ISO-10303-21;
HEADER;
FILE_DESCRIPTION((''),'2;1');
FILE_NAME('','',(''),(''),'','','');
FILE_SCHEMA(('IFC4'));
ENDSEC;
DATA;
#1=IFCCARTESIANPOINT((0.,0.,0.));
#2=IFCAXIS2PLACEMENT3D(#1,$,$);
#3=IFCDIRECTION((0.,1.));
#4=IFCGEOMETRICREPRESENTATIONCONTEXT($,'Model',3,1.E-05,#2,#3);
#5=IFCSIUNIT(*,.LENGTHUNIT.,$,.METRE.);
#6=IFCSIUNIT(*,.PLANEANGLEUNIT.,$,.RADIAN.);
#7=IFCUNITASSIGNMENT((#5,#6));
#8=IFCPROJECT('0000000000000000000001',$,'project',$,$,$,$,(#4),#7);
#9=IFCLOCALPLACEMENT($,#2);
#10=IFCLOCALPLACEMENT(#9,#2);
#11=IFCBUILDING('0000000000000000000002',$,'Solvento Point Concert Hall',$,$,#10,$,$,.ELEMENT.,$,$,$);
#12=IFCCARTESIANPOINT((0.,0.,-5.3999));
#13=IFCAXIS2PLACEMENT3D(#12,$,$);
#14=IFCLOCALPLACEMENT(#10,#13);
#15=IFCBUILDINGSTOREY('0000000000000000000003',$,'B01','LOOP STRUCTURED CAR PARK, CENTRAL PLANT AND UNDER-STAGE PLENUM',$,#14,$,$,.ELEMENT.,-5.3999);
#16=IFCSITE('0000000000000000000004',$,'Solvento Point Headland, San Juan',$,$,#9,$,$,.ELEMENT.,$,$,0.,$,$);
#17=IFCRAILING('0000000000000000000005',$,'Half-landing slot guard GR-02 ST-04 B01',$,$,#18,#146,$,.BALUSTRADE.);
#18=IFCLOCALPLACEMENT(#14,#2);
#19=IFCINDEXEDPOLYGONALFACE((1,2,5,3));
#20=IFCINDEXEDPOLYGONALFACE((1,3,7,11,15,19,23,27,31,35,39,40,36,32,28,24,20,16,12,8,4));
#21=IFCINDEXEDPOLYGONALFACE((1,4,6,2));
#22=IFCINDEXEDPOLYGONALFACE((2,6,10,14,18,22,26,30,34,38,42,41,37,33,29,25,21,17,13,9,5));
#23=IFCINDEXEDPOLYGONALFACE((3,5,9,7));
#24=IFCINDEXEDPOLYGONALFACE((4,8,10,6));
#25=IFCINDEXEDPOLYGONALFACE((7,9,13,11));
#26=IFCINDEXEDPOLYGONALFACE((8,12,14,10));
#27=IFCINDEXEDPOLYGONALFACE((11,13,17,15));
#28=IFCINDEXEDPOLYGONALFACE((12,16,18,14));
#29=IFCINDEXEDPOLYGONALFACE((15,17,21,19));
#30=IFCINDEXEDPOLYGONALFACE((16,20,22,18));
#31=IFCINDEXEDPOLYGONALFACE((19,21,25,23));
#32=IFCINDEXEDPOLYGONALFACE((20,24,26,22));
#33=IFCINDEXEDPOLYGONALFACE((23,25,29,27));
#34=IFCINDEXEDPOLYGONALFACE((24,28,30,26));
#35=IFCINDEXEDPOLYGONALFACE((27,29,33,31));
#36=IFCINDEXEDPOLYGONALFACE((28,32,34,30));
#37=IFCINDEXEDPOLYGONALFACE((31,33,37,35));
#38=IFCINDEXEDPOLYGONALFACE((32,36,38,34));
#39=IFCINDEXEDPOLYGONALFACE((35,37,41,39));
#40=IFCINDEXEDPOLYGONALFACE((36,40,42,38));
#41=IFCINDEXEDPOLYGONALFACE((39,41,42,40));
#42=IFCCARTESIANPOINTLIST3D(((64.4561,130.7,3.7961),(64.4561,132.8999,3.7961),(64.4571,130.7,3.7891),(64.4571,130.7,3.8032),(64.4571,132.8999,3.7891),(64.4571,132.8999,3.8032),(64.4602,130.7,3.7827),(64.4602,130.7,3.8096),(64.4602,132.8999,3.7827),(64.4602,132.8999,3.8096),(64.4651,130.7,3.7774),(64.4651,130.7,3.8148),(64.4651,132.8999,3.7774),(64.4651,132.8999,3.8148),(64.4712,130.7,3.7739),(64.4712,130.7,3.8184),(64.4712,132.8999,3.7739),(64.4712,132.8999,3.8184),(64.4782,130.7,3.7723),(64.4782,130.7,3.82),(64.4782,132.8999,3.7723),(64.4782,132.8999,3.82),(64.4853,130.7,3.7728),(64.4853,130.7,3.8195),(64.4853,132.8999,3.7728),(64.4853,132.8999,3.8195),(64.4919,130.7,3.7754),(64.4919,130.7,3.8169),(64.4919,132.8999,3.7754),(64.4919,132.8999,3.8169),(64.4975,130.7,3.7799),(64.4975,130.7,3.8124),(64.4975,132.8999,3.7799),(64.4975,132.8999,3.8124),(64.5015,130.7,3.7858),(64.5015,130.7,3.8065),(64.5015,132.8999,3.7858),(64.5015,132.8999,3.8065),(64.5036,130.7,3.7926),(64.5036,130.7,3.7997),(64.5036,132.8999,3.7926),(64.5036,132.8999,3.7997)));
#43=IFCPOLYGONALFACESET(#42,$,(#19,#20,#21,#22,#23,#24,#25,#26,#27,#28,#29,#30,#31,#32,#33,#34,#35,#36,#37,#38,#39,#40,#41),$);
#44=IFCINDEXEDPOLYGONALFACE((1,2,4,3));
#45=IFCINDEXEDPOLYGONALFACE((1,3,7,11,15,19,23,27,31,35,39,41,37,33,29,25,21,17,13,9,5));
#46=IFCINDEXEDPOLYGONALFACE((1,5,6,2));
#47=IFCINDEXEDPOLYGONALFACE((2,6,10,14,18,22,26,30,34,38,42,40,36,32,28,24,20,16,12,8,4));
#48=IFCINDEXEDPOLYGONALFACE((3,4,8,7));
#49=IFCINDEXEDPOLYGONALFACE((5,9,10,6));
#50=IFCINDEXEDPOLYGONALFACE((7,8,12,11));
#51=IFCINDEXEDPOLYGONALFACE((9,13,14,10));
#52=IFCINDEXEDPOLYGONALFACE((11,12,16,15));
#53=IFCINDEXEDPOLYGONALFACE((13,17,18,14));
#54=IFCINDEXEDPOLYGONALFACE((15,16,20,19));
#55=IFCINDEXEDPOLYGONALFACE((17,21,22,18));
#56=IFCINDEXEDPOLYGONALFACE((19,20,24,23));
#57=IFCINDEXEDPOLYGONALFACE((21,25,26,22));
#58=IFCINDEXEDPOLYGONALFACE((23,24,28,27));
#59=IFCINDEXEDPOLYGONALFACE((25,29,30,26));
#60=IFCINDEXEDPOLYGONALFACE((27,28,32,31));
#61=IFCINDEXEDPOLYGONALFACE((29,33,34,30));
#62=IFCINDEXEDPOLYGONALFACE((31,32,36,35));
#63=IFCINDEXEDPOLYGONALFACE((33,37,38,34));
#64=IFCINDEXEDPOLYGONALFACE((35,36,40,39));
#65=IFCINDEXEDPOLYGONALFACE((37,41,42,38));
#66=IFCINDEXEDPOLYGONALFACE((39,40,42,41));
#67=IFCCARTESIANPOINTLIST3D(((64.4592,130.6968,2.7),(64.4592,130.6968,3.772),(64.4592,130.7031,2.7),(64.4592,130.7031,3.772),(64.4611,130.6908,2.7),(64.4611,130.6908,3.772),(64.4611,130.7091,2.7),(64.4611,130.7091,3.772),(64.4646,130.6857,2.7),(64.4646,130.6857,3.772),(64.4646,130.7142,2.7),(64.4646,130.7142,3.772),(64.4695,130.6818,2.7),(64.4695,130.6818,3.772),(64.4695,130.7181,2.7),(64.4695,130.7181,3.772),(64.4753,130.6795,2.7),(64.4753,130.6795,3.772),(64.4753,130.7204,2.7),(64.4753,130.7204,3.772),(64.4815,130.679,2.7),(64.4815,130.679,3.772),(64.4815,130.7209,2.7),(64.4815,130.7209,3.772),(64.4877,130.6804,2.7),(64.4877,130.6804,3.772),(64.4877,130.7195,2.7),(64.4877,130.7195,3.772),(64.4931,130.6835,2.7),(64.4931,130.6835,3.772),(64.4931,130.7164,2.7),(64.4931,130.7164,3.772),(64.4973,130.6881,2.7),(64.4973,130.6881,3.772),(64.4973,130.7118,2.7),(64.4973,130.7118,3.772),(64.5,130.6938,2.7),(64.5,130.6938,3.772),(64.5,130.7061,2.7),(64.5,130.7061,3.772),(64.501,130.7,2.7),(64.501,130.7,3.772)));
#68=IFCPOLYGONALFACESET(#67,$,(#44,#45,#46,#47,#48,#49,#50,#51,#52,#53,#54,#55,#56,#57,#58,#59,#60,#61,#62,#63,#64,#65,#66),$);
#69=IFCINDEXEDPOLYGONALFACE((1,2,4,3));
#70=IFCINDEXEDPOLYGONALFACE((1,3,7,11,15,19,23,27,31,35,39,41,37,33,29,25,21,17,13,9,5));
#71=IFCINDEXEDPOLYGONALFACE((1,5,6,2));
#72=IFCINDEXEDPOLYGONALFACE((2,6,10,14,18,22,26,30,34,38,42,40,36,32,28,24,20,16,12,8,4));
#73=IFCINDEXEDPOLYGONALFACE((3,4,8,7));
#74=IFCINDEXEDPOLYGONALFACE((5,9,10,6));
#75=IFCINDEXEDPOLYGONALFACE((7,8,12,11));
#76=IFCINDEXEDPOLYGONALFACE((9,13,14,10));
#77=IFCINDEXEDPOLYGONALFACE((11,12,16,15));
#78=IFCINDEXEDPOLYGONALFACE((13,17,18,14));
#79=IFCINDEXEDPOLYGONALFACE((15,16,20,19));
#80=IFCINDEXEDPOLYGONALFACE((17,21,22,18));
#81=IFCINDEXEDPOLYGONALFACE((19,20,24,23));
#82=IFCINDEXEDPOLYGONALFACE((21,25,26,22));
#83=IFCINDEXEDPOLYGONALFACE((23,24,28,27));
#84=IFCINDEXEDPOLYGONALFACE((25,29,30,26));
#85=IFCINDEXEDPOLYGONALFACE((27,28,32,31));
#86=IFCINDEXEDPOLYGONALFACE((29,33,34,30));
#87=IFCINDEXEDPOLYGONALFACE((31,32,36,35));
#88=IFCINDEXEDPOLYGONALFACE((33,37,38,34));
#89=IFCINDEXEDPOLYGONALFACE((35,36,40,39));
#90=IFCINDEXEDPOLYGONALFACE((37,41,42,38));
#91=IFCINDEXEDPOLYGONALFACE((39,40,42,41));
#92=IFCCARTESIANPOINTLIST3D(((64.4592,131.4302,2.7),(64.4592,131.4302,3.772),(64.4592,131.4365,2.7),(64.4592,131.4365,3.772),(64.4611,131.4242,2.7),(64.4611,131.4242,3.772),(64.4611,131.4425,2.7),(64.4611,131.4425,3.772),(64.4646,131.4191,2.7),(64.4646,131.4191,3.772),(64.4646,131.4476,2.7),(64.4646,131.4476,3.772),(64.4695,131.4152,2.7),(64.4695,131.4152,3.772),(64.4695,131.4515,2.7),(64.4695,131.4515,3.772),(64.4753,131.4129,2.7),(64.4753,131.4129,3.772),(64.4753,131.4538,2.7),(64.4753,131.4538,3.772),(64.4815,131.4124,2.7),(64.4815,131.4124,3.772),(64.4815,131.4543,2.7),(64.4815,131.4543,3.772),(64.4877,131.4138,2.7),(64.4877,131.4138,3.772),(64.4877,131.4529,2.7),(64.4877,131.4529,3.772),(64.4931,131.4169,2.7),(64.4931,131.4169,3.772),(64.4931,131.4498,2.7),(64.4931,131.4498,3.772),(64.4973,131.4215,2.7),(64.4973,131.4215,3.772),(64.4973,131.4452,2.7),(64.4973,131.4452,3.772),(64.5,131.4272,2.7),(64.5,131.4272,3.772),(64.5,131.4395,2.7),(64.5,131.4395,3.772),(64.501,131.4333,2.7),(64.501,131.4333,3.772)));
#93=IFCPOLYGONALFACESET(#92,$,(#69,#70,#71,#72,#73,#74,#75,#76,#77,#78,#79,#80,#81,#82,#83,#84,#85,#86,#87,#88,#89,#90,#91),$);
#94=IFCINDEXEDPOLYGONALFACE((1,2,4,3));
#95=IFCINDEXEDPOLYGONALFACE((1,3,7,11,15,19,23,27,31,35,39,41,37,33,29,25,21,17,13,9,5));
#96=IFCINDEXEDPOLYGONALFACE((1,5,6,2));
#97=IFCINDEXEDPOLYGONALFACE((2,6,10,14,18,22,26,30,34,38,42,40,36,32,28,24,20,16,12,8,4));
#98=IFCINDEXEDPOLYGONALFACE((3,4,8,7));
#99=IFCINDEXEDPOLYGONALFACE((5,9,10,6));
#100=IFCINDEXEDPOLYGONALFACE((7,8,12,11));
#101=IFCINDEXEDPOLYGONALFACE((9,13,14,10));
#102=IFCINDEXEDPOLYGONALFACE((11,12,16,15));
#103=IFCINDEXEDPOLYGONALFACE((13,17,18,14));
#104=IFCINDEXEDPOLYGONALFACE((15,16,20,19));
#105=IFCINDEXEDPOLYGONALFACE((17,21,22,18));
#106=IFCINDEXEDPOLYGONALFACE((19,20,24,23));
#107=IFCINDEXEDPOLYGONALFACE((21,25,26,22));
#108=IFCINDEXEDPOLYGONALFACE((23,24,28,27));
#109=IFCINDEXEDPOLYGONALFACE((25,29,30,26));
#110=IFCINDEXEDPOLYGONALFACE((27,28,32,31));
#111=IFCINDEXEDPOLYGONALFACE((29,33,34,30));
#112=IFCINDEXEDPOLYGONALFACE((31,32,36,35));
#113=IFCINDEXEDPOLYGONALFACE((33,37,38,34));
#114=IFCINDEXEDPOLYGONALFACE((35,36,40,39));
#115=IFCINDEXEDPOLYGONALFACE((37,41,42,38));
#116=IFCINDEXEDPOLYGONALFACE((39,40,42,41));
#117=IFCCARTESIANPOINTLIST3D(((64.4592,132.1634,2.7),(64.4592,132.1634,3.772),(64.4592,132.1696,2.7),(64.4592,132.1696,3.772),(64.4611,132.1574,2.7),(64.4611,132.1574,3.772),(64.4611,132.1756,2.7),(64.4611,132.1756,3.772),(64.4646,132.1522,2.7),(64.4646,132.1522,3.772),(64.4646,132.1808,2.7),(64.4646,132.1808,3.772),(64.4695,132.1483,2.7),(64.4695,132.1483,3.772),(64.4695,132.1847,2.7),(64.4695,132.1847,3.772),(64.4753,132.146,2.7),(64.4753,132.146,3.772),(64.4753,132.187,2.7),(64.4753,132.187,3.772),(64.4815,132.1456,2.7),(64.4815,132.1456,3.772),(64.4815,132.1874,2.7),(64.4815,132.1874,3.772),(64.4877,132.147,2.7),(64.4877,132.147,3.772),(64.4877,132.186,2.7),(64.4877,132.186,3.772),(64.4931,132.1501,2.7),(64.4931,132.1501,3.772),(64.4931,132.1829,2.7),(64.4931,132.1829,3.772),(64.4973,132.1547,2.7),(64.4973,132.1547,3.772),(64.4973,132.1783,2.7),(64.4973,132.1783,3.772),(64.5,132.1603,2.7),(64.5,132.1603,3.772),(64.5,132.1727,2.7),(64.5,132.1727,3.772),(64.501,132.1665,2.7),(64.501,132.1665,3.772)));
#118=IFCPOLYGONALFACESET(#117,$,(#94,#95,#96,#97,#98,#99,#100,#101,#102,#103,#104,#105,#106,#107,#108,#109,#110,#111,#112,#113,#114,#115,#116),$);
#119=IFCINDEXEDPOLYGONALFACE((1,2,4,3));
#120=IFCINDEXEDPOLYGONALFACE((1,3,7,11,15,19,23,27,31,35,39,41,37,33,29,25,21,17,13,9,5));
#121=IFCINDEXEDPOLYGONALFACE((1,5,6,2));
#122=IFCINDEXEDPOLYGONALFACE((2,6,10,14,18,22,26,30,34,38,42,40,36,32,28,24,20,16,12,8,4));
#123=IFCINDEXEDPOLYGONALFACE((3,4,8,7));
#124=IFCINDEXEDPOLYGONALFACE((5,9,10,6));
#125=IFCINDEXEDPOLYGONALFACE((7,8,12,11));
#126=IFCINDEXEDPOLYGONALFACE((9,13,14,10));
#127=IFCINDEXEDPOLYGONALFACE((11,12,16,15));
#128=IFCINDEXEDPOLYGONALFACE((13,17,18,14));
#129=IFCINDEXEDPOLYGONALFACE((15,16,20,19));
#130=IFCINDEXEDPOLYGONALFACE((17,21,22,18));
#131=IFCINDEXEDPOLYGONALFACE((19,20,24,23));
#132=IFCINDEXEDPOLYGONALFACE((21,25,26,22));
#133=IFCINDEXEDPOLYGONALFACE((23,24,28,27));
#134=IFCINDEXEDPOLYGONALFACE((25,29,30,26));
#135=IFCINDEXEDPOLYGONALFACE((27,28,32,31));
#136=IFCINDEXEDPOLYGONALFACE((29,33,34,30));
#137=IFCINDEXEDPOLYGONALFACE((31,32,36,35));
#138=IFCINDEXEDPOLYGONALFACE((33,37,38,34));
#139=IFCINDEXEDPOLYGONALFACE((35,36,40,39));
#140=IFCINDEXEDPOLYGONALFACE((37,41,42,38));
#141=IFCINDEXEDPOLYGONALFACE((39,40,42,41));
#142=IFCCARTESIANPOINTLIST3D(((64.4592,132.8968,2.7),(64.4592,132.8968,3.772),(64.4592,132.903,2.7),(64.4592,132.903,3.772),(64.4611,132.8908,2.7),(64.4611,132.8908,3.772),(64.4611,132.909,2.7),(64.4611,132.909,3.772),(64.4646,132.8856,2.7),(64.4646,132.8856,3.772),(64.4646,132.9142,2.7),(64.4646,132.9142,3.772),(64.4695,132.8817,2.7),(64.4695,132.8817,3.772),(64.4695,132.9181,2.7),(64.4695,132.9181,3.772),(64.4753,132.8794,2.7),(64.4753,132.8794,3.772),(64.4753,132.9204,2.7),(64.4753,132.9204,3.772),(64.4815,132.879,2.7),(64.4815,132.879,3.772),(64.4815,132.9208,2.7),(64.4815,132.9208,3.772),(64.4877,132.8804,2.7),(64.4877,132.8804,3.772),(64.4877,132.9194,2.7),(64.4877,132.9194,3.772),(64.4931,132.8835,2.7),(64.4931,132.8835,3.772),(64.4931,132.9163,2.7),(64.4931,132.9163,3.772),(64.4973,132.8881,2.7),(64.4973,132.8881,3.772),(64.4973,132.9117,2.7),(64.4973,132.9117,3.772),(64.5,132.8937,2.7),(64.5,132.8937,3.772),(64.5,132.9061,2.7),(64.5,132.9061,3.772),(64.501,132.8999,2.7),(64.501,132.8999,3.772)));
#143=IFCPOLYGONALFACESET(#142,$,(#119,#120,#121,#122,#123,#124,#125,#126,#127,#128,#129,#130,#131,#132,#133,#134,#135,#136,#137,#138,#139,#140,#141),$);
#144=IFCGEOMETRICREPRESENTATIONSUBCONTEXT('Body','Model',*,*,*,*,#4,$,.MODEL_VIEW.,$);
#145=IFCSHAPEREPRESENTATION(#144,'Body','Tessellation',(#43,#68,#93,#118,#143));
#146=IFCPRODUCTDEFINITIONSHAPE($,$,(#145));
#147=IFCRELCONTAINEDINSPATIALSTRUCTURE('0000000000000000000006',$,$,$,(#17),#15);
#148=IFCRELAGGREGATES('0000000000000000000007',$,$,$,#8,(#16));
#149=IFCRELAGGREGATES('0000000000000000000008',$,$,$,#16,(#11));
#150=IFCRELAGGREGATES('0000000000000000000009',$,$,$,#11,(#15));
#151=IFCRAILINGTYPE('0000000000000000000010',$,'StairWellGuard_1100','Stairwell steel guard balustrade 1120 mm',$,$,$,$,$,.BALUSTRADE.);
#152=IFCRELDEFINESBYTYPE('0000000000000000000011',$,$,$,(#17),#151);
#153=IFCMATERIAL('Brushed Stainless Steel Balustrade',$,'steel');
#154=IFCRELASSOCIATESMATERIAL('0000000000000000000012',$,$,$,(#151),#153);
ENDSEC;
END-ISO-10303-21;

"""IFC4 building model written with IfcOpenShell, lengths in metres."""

from ifc_helpers import new_model, si_unit, direction, frame, origin, origin_2d, place, context, subcontext, project, spatial, circle, extrude, material, type_object, element, save


model = new_model("IFC4")

# Units and contexts
model_context = context("Model", 3, precision=1e-05, world=origin(), true_north=direction((0.0, 1.0)))
body_context = subcontext(model_context, "Body", "Model", "MODEL_VIEW")
ifc_project = project(units=[si_unit("LENGTHUNIT", "METRE"), si_unit("PLANEANGLEUNIT", "RADIAN")], contexts=[model_context])

# Site, building, storey
site_placement = place(None, origin())
site = spatial("IfcSite", under=ifc_project, at=site_placement, Name="Solvento Point Headland, San Juan", CompositionType="ELEMENT", RefElevation=0.0)
building_placement = place(site_placement, origin())
building = spatial("IfcBuilding", under=site, at=building_placement, Name="Solvento Point Concert Hall", CompositionType="ELEMENT")
storey_placement = place(building_placement, frame((0.0, 0.0, -5.3999)))
storey = spatial("IfcBuildingStorey", under=building, at=storey_placement, Name="B01", Description="LOOP STRUCTURED CAR PARK, CENTRAL PLANT AND UNDER-STAGE PLENUM", CompositionType="ELEMENT", Elevation=-5.3999)

# Railing
ifc_material_1 = material(Name="Brushed Stainless Steel Balustrade", Category="steel")
railing_type_1 = type_object("IfcRailingType", Name="StairWellGuard_1100", Description="Stairwell steel guard balustrade 1120 mm", PredefinedType="BALUSTRADE", material=ifc_material_1)
railing_1_placement = place(storey_placement, frame((64.48, 130.7, 2.7)))
element("IfcRailing", 1, at=railing_1_placement, inside=storey, type_object=railing_type_1, Name="Half-landing slot guard GR-02 ST-04 B01", PredefinedType="BALUSTRADE", context=body_context, shape_type="SweptSolid", body=[
    extrude(circle(Radius=0.0239, at=origin_2d()), frame((0.0, 0.0, 1.0962), z_axis=(0.0, 1.0, 0.0), x_axis=(-1.0, 0.0, 0.0)), (0.0, 0.0, 1.0), 2.2),
    extrude(circle(Radius=0.021, at=origin_2d()), origin(), (0.0, 0.0, 1.0), 1.072),
    extrude(circle(Radius=0.021, at=origin_2d()), frame((0.0, 0.7334, 0.0)), (0.0, 0.0, 1.0), 1.072),
    extrude(circle(Radius=0.021, at=origin_2d()), frame((0.0, 1.4666, 0.0)), (0.0, 0.0, 1.0), 1.072),
    extrude(circle(Radius=0.021, at=origin_2d()), frame((0.0, 2.2, 0.0)), (0.0, 0.0, 1.0), 1.072),
])

save(model, "model.ifc")
